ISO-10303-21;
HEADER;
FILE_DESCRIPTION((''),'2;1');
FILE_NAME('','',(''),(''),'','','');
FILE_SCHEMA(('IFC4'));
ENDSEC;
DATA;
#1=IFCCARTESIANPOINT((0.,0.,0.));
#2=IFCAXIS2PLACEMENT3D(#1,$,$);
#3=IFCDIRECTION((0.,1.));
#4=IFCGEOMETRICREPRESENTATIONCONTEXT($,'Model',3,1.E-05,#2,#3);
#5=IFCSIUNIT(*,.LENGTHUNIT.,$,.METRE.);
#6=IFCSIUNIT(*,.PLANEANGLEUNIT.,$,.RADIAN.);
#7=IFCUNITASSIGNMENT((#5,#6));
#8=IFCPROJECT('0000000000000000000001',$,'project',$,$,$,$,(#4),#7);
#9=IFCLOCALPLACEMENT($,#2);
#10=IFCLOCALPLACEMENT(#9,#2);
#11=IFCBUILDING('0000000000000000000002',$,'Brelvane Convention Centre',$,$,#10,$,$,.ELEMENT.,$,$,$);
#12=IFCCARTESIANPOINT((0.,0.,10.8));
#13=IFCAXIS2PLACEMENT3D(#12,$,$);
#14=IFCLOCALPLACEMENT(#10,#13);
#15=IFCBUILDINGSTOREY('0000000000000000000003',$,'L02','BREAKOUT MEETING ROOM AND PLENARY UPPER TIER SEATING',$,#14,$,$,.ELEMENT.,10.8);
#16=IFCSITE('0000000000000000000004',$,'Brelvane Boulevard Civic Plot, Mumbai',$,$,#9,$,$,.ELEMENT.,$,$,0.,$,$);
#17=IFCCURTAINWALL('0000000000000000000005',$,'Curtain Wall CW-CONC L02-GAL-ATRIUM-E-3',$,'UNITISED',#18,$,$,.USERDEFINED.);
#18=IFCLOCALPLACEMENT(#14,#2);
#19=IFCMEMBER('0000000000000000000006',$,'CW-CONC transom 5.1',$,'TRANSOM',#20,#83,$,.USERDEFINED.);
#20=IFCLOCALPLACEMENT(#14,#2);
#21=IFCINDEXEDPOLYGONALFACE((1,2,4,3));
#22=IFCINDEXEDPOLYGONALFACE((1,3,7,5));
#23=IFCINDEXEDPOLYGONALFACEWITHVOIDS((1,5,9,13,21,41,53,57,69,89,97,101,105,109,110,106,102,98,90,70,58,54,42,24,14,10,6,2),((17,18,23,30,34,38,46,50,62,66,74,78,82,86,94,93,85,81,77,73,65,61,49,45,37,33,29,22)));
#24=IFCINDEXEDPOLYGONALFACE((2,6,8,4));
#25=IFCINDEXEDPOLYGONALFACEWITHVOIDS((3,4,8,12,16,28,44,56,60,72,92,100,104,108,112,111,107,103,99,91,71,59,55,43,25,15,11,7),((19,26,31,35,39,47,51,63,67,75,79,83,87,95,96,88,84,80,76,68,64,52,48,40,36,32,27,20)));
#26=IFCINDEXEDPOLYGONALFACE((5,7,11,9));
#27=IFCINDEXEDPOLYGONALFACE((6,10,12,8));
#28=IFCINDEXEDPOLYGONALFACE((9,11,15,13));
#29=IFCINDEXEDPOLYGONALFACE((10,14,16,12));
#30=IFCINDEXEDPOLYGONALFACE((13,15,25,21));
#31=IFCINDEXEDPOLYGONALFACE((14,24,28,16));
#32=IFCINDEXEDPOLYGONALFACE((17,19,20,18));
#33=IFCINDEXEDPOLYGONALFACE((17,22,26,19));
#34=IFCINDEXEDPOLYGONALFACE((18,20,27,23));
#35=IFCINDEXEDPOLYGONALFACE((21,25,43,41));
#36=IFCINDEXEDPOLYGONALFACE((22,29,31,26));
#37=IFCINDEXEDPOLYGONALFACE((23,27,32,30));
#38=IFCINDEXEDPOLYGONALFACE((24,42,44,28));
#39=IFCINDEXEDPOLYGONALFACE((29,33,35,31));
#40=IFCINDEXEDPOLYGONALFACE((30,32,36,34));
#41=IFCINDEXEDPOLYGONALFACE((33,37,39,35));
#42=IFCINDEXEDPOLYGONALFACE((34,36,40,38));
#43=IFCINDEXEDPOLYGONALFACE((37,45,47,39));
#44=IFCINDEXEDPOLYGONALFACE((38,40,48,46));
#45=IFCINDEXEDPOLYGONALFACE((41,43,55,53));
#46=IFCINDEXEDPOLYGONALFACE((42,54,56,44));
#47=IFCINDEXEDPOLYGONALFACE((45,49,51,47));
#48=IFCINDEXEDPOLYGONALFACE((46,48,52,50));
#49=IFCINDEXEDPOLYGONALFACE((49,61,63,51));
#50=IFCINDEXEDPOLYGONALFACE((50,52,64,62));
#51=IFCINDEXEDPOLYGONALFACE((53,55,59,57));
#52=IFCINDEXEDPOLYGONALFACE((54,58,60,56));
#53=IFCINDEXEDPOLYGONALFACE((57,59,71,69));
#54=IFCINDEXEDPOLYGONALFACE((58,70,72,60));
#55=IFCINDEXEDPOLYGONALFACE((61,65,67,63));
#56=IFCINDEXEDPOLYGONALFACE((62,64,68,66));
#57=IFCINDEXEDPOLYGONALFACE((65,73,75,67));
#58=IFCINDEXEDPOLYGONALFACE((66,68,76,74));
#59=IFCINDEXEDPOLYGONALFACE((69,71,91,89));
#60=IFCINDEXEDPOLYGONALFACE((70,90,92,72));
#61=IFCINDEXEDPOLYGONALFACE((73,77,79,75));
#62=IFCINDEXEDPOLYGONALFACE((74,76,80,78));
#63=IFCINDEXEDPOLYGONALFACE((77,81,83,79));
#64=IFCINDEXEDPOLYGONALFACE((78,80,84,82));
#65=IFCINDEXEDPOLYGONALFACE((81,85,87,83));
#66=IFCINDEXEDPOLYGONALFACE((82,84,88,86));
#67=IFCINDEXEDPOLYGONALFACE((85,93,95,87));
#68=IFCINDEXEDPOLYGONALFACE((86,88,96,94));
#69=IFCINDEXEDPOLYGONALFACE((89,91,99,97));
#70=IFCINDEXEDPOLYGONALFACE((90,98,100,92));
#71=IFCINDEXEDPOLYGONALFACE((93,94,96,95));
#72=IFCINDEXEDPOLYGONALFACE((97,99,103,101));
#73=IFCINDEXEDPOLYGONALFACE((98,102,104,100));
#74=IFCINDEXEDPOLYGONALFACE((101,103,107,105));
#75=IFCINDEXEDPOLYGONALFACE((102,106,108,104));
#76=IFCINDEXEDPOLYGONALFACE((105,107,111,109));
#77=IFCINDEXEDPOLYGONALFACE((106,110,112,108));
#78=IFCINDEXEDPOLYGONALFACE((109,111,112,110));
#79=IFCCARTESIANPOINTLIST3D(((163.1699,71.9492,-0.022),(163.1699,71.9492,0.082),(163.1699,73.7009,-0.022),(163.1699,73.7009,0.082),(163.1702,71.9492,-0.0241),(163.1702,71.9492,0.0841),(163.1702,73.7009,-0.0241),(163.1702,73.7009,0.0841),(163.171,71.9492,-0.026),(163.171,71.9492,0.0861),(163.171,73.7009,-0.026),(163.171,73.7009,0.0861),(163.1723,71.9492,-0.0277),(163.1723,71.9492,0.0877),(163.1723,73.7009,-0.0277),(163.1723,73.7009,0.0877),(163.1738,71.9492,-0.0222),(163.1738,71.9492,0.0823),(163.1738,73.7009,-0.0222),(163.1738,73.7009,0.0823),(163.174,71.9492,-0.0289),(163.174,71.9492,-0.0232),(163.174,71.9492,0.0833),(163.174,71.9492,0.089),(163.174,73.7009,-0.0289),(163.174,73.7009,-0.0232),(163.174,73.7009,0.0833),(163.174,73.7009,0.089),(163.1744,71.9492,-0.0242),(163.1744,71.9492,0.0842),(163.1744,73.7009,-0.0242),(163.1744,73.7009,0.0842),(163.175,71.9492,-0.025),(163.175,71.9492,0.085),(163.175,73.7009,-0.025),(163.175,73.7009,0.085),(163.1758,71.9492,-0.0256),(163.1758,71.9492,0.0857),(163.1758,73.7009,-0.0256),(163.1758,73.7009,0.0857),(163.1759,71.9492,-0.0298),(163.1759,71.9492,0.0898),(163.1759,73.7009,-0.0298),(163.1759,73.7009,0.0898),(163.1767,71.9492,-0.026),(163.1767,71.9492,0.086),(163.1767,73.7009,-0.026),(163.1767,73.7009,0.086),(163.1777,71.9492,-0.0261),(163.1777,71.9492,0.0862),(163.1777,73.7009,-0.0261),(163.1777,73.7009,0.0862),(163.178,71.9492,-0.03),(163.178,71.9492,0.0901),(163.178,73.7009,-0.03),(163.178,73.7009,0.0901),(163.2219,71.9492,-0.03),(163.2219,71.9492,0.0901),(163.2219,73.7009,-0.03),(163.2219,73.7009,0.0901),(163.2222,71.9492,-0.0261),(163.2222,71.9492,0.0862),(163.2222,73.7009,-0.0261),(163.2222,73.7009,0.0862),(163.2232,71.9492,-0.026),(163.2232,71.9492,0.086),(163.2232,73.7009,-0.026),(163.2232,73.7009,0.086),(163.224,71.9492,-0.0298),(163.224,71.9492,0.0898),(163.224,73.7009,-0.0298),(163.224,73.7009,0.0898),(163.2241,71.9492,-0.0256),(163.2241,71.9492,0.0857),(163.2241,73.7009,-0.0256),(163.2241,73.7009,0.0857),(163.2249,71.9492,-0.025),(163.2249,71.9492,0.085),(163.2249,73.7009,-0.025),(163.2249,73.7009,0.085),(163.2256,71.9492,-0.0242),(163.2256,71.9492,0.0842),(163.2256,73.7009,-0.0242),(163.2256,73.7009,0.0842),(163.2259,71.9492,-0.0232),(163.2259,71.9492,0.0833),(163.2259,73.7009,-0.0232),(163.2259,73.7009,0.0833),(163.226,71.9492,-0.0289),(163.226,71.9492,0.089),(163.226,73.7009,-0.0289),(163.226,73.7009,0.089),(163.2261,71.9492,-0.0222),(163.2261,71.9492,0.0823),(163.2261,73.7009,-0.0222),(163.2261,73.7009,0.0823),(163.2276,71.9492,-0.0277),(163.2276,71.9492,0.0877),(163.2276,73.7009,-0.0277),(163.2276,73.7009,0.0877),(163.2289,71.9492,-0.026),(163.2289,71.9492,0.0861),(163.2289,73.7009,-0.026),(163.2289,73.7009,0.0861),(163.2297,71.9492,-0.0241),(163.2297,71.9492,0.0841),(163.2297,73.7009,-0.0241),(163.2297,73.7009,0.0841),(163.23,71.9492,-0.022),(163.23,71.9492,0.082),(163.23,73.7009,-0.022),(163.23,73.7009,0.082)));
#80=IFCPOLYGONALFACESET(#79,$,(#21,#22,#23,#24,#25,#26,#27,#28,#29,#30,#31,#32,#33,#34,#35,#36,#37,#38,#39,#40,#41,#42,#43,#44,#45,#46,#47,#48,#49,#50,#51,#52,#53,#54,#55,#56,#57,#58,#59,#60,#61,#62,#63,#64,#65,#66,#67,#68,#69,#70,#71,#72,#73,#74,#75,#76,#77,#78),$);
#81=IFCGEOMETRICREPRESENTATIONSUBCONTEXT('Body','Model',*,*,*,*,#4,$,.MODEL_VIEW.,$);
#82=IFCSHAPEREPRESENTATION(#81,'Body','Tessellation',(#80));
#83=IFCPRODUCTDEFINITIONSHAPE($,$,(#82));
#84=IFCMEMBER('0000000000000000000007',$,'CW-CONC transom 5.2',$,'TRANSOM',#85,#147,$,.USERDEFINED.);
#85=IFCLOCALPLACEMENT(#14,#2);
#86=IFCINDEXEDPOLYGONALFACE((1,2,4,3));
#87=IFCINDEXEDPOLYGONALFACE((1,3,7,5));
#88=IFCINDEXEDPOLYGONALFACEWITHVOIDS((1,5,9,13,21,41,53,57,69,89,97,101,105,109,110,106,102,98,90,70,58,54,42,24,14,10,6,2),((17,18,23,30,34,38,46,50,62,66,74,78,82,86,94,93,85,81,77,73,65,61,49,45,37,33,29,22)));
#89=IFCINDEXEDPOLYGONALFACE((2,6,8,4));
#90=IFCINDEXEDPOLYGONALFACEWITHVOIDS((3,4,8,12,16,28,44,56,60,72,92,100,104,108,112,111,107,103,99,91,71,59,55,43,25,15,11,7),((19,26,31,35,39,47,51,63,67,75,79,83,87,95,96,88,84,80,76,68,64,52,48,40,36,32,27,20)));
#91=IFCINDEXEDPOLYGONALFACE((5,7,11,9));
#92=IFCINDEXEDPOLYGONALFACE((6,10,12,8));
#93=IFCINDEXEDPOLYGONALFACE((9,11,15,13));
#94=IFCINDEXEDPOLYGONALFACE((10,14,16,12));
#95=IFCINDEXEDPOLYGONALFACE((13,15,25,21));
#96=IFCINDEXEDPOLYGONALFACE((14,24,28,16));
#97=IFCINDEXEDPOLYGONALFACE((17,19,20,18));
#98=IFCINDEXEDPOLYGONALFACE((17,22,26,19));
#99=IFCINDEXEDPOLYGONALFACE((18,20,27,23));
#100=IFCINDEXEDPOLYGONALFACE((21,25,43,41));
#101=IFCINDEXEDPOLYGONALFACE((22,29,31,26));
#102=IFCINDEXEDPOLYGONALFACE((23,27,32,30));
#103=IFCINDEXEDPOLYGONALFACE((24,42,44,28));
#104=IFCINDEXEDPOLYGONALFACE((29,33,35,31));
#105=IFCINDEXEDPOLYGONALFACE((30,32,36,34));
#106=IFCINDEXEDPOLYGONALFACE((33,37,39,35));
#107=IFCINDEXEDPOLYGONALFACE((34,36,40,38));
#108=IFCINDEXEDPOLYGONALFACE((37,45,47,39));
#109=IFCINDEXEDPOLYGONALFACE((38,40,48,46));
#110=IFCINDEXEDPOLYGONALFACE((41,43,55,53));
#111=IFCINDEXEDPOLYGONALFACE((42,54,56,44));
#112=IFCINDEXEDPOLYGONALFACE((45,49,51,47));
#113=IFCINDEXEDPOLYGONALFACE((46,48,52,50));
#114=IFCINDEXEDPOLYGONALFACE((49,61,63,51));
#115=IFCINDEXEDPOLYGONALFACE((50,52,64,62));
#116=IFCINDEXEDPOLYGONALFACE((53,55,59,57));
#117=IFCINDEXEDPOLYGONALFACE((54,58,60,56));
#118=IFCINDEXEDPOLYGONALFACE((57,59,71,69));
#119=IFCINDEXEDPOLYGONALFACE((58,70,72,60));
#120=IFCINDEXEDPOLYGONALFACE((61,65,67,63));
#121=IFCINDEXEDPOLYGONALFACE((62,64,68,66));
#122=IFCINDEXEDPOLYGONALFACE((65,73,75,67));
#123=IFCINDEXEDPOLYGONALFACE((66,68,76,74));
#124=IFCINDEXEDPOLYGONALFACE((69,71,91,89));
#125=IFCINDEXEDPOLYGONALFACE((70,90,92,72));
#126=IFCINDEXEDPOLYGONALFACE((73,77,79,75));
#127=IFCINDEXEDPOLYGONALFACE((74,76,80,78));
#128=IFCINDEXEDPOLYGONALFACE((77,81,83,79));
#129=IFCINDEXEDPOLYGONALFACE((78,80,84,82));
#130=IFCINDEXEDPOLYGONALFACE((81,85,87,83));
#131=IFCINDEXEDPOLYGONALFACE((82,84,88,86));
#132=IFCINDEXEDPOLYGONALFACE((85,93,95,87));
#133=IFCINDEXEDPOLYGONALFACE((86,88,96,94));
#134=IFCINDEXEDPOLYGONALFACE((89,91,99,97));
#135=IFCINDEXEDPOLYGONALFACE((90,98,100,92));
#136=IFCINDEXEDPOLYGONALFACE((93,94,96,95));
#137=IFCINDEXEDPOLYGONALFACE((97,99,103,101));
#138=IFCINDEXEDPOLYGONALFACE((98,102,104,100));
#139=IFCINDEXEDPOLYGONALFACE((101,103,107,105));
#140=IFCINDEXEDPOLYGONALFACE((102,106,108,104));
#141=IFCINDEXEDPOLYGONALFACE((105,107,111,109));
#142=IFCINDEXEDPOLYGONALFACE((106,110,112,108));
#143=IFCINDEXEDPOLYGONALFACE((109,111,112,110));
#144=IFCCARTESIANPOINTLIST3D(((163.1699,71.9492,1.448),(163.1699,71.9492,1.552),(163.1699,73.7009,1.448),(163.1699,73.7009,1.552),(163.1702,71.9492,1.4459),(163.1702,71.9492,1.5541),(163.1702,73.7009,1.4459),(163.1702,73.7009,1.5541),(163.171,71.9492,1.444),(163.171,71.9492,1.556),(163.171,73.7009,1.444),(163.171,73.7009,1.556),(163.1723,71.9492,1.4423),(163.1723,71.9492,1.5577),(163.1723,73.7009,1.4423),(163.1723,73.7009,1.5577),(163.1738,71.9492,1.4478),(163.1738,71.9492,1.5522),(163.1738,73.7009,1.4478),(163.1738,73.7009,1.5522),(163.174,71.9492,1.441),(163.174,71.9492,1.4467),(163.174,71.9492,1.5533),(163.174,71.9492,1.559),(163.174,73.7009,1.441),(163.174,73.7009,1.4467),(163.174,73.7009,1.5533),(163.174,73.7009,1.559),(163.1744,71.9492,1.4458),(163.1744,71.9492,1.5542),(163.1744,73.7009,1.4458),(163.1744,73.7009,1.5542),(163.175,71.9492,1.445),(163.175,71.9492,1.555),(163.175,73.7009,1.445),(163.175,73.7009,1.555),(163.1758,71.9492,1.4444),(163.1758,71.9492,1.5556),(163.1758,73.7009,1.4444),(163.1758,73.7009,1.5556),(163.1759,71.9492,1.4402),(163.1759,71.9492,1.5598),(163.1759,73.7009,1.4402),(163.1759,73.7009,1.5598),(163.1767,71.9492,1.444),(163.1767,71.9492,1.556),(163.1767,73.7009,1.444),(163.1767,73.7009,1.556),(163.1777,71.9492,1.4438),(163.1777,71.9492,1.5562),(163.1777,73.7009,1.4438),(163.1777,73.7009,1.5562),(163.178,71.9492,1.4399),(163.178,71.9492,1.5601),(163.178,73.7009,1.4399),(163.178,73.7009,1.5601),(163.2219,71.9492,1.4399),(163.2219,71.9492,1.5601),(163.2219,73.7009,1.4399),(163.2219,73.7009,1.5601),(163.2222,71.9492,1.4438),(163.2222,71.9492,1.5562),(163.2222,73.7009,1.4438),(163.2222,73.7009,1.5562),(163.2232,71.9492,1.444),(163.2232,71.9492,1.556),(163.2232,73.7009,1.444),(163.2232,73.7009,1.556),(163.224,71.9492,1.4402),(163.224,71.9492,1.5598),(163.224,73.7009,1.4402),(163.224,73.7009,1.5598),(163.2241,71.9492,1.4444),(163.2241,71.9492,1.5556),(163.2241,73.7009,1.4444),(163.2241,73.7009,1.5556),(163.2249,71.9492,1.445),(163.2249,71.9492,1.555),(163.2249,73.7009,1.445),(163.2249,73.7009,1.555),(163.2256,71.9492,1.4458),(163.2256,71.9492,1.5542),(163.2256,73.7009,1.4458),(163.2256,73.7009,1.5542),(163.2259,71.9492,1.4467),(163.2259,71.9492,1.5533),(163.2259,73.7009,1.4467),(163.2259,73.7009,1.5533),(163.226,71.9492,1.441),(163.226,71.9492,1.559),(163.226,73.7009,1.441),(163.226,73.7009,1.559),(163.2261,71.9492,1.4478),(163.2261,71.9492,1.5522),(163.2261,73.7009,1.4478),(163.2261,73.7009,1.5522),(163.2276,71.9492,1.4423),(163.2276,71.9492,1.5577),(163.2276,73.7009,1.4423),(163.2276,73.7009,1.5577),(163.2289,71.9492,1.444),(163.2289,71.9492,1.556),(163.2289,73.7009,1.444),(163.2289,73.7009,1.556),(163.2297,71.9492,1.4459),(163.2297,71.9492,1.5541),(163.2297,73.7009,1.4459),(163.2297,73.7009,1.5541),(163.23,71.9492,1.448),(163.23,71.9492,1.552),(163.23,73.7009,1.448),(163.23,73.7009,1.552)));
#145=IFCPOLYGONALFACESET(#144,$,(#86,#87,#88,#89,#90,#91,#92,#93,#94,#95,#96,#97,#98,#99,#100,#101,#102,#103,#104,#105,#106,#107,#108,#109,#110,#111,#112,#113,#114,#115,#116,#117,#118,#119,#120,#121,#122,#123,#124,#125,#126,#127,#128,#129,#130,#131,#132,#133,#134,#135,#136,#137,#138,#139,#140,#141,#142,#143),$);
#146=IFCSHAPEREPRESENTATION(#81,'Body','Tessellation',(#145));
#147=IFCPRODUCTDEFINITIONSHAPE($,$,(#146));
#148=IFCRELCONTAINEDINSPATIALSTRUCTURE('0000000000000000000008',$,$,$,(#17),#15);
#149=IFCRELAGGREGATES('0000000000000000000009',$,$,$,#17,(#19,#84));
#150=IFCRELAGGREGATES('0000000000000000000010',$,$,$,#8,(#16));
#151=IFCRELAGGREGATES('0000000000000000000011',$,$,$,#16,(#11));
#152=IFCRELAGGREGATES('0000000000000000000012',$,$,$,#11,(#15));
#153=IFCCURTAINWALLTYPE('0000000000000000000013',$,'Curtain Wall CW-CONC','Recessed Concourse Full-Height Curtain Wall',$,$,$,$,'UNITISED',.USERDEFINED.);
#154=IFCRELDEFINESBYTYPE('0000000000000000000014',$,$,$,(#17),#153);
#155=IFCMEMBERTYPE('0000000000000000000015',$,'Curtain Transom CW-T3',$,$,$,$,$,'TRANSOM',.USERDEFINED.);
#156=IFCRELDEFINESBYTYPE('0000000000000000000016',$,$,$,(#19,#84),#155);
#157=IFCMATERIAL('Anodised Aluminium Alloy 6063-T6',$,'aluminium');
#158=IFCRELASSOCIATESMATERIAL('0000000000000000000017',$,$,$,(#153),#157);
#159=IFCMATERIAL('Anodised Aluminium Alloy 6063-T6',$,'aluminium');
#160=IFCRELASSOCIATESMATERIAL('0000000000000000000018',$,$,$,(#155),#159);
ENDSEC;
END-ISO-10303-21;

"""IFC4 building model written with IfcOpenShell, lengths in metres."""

from ifc_helpers import new_model, si_unit, direction, frame, origin, origin_2d, place, context, subcontext, project, spatial, hollow_rectangle, extrude, material, material_profile, profile_set, type_object, element, aggregate, save


model = new_model("IFC4")

# Units and contexts
model_context = context("Model", 3, precision=1e-05, world=origin(), true_north=direction((0.0, 1.0)))
body_context = subcontext(model_context, "Body", "Model", "MODEL_VIEW")
ifc_project = project(units=[si_unit("LENGTHUNIT", "METRE"), si_unit("PLANEANGLEUNIT", "RADIAN")], contexts=[model_context])

# Site, building, storey
site_placement = place(None, origin())
site = spatial("IfcSite", under=ifc_project, at=site_placement, Name="Brelvane Boulevard Civic Plot, Mumbai", CompositionType="ELEMENT", RefElevation=0.0)
building_placement = place(site_placement, origin())
building = spatial("IfcBuilding", under=site, at=building_placement, Name="Brelvane Convention Centre", CompositionType="ELEMENT")
storey_placement = place(building_placement, frame((0.0, 0.0, 10.8)))
storey = spatial("IfcBuildingStorey", under=building, at=storey_placement, Name="L02", Description="BREAKOUT MEETING ROOM AND PLENARY UPPER TIER SEATING", CompositionType="ELEMENT", Elevation=10.8)

# Curtain wall, members
ifc_material_1 = material(Name="Anodised Aluminium Alloy 6063-T6", Category="aluminium")
curtain_wall_type = type_object("IfcCurtainWallType", Name="Curtain Wall CW-CONC", Description="Recessed Concourse Full-Height Curtain Wall", ElementType="UNITISED", PredefinedType="USERDEFINED", material=ifc_material_1)
curtain_wall_placement = place(storey_placement, origin())
curtain_wall = element("IfcCurtainWall", 1, at=curtain_wall_placement, inside=storey, type_object=curtain_wall_type, Name="Curtain Wall CW-CONC L02-GAL-ATRIUM-E-3", ObjectType="UNITISED", PredefinedType="USERDEFINED")
ifc_material_2 = material(Name="Anodised Aluminium Alloy 6063-T6", Category="aluminium")
ifc_material_profile_1 = material_profile(ifc_material_2, hollow_rectangle(XDim=0.0601, YDim=0.1201, WallThickness=0.0039, InnerFilletRadius=0.0039, OuterFilletRadius=0.0081, at=origin_2d()), Name="ALU-T 120x60x4.0")
ifc_profile_set_1 = profile_set([ifc_material_profile_1], Name="Anodised Aluminium Alloy 6063-T6")
member_type_1 = type_object("IfcMemberType", Name="Curtain Transom CW-T3", ElementType="TRANSOM", PredefinedType="USERDEFINED", material=ifc_profile_set_1)
member_1_placement = place(storey_placement, frame((163.2, 71.9492, 0.03), z_axis=(0.0, 1.0, 0.0), x_axis=(-1.0, 0.0, 0.0)))
member_1 = element("IfcMember", 2, at=member_1_placement, type_object=member_type_1, Name="CW-CONC transom 5.1", ObjectType="TRANSOM", PredefinedType="USERDEFINED", context=body_context, shape_type="SweptSolid", body=[
    extrude(hollow_rectangle(XDim=0.0601, YDim=0.1201, WallThickness=0.0039, InnerFilletRadius=0.0039, OuterFilletRadius=0.0081, at=origin_2d()), origin(), (0.0, 0.0, 1.0), 1.7517),
])
member_2_placement = place(storey_placement, frame((163.2, 71.9492, 1.5), z_axis=(0.0, 1.0, 0.0), x_axis=(-1.0, 0.0, 0.0)))
member_2 = element("IfcMember", 3, at=member_2_placement, type_object=member_type_1, Name="CW-CONC transom 5.2", ObjectType="TRANSOM", PredefinedType="USERDEFINED", context=body_context, shape_type="SweptSolid", body=[
    extrude(hollow_rectangle(XDim=0.0601, YDim=0.1201, WallThickness=0.0039, InnerFilletRadius=0.0039, OuterFilletRadius=0.0081, at=origin_2d()), origin(), (0.0, 0.0, 1.0), 1.7517),
])

aggregate(curtain_wall, [member_1, member_2])

save(model, "model.ifc")
